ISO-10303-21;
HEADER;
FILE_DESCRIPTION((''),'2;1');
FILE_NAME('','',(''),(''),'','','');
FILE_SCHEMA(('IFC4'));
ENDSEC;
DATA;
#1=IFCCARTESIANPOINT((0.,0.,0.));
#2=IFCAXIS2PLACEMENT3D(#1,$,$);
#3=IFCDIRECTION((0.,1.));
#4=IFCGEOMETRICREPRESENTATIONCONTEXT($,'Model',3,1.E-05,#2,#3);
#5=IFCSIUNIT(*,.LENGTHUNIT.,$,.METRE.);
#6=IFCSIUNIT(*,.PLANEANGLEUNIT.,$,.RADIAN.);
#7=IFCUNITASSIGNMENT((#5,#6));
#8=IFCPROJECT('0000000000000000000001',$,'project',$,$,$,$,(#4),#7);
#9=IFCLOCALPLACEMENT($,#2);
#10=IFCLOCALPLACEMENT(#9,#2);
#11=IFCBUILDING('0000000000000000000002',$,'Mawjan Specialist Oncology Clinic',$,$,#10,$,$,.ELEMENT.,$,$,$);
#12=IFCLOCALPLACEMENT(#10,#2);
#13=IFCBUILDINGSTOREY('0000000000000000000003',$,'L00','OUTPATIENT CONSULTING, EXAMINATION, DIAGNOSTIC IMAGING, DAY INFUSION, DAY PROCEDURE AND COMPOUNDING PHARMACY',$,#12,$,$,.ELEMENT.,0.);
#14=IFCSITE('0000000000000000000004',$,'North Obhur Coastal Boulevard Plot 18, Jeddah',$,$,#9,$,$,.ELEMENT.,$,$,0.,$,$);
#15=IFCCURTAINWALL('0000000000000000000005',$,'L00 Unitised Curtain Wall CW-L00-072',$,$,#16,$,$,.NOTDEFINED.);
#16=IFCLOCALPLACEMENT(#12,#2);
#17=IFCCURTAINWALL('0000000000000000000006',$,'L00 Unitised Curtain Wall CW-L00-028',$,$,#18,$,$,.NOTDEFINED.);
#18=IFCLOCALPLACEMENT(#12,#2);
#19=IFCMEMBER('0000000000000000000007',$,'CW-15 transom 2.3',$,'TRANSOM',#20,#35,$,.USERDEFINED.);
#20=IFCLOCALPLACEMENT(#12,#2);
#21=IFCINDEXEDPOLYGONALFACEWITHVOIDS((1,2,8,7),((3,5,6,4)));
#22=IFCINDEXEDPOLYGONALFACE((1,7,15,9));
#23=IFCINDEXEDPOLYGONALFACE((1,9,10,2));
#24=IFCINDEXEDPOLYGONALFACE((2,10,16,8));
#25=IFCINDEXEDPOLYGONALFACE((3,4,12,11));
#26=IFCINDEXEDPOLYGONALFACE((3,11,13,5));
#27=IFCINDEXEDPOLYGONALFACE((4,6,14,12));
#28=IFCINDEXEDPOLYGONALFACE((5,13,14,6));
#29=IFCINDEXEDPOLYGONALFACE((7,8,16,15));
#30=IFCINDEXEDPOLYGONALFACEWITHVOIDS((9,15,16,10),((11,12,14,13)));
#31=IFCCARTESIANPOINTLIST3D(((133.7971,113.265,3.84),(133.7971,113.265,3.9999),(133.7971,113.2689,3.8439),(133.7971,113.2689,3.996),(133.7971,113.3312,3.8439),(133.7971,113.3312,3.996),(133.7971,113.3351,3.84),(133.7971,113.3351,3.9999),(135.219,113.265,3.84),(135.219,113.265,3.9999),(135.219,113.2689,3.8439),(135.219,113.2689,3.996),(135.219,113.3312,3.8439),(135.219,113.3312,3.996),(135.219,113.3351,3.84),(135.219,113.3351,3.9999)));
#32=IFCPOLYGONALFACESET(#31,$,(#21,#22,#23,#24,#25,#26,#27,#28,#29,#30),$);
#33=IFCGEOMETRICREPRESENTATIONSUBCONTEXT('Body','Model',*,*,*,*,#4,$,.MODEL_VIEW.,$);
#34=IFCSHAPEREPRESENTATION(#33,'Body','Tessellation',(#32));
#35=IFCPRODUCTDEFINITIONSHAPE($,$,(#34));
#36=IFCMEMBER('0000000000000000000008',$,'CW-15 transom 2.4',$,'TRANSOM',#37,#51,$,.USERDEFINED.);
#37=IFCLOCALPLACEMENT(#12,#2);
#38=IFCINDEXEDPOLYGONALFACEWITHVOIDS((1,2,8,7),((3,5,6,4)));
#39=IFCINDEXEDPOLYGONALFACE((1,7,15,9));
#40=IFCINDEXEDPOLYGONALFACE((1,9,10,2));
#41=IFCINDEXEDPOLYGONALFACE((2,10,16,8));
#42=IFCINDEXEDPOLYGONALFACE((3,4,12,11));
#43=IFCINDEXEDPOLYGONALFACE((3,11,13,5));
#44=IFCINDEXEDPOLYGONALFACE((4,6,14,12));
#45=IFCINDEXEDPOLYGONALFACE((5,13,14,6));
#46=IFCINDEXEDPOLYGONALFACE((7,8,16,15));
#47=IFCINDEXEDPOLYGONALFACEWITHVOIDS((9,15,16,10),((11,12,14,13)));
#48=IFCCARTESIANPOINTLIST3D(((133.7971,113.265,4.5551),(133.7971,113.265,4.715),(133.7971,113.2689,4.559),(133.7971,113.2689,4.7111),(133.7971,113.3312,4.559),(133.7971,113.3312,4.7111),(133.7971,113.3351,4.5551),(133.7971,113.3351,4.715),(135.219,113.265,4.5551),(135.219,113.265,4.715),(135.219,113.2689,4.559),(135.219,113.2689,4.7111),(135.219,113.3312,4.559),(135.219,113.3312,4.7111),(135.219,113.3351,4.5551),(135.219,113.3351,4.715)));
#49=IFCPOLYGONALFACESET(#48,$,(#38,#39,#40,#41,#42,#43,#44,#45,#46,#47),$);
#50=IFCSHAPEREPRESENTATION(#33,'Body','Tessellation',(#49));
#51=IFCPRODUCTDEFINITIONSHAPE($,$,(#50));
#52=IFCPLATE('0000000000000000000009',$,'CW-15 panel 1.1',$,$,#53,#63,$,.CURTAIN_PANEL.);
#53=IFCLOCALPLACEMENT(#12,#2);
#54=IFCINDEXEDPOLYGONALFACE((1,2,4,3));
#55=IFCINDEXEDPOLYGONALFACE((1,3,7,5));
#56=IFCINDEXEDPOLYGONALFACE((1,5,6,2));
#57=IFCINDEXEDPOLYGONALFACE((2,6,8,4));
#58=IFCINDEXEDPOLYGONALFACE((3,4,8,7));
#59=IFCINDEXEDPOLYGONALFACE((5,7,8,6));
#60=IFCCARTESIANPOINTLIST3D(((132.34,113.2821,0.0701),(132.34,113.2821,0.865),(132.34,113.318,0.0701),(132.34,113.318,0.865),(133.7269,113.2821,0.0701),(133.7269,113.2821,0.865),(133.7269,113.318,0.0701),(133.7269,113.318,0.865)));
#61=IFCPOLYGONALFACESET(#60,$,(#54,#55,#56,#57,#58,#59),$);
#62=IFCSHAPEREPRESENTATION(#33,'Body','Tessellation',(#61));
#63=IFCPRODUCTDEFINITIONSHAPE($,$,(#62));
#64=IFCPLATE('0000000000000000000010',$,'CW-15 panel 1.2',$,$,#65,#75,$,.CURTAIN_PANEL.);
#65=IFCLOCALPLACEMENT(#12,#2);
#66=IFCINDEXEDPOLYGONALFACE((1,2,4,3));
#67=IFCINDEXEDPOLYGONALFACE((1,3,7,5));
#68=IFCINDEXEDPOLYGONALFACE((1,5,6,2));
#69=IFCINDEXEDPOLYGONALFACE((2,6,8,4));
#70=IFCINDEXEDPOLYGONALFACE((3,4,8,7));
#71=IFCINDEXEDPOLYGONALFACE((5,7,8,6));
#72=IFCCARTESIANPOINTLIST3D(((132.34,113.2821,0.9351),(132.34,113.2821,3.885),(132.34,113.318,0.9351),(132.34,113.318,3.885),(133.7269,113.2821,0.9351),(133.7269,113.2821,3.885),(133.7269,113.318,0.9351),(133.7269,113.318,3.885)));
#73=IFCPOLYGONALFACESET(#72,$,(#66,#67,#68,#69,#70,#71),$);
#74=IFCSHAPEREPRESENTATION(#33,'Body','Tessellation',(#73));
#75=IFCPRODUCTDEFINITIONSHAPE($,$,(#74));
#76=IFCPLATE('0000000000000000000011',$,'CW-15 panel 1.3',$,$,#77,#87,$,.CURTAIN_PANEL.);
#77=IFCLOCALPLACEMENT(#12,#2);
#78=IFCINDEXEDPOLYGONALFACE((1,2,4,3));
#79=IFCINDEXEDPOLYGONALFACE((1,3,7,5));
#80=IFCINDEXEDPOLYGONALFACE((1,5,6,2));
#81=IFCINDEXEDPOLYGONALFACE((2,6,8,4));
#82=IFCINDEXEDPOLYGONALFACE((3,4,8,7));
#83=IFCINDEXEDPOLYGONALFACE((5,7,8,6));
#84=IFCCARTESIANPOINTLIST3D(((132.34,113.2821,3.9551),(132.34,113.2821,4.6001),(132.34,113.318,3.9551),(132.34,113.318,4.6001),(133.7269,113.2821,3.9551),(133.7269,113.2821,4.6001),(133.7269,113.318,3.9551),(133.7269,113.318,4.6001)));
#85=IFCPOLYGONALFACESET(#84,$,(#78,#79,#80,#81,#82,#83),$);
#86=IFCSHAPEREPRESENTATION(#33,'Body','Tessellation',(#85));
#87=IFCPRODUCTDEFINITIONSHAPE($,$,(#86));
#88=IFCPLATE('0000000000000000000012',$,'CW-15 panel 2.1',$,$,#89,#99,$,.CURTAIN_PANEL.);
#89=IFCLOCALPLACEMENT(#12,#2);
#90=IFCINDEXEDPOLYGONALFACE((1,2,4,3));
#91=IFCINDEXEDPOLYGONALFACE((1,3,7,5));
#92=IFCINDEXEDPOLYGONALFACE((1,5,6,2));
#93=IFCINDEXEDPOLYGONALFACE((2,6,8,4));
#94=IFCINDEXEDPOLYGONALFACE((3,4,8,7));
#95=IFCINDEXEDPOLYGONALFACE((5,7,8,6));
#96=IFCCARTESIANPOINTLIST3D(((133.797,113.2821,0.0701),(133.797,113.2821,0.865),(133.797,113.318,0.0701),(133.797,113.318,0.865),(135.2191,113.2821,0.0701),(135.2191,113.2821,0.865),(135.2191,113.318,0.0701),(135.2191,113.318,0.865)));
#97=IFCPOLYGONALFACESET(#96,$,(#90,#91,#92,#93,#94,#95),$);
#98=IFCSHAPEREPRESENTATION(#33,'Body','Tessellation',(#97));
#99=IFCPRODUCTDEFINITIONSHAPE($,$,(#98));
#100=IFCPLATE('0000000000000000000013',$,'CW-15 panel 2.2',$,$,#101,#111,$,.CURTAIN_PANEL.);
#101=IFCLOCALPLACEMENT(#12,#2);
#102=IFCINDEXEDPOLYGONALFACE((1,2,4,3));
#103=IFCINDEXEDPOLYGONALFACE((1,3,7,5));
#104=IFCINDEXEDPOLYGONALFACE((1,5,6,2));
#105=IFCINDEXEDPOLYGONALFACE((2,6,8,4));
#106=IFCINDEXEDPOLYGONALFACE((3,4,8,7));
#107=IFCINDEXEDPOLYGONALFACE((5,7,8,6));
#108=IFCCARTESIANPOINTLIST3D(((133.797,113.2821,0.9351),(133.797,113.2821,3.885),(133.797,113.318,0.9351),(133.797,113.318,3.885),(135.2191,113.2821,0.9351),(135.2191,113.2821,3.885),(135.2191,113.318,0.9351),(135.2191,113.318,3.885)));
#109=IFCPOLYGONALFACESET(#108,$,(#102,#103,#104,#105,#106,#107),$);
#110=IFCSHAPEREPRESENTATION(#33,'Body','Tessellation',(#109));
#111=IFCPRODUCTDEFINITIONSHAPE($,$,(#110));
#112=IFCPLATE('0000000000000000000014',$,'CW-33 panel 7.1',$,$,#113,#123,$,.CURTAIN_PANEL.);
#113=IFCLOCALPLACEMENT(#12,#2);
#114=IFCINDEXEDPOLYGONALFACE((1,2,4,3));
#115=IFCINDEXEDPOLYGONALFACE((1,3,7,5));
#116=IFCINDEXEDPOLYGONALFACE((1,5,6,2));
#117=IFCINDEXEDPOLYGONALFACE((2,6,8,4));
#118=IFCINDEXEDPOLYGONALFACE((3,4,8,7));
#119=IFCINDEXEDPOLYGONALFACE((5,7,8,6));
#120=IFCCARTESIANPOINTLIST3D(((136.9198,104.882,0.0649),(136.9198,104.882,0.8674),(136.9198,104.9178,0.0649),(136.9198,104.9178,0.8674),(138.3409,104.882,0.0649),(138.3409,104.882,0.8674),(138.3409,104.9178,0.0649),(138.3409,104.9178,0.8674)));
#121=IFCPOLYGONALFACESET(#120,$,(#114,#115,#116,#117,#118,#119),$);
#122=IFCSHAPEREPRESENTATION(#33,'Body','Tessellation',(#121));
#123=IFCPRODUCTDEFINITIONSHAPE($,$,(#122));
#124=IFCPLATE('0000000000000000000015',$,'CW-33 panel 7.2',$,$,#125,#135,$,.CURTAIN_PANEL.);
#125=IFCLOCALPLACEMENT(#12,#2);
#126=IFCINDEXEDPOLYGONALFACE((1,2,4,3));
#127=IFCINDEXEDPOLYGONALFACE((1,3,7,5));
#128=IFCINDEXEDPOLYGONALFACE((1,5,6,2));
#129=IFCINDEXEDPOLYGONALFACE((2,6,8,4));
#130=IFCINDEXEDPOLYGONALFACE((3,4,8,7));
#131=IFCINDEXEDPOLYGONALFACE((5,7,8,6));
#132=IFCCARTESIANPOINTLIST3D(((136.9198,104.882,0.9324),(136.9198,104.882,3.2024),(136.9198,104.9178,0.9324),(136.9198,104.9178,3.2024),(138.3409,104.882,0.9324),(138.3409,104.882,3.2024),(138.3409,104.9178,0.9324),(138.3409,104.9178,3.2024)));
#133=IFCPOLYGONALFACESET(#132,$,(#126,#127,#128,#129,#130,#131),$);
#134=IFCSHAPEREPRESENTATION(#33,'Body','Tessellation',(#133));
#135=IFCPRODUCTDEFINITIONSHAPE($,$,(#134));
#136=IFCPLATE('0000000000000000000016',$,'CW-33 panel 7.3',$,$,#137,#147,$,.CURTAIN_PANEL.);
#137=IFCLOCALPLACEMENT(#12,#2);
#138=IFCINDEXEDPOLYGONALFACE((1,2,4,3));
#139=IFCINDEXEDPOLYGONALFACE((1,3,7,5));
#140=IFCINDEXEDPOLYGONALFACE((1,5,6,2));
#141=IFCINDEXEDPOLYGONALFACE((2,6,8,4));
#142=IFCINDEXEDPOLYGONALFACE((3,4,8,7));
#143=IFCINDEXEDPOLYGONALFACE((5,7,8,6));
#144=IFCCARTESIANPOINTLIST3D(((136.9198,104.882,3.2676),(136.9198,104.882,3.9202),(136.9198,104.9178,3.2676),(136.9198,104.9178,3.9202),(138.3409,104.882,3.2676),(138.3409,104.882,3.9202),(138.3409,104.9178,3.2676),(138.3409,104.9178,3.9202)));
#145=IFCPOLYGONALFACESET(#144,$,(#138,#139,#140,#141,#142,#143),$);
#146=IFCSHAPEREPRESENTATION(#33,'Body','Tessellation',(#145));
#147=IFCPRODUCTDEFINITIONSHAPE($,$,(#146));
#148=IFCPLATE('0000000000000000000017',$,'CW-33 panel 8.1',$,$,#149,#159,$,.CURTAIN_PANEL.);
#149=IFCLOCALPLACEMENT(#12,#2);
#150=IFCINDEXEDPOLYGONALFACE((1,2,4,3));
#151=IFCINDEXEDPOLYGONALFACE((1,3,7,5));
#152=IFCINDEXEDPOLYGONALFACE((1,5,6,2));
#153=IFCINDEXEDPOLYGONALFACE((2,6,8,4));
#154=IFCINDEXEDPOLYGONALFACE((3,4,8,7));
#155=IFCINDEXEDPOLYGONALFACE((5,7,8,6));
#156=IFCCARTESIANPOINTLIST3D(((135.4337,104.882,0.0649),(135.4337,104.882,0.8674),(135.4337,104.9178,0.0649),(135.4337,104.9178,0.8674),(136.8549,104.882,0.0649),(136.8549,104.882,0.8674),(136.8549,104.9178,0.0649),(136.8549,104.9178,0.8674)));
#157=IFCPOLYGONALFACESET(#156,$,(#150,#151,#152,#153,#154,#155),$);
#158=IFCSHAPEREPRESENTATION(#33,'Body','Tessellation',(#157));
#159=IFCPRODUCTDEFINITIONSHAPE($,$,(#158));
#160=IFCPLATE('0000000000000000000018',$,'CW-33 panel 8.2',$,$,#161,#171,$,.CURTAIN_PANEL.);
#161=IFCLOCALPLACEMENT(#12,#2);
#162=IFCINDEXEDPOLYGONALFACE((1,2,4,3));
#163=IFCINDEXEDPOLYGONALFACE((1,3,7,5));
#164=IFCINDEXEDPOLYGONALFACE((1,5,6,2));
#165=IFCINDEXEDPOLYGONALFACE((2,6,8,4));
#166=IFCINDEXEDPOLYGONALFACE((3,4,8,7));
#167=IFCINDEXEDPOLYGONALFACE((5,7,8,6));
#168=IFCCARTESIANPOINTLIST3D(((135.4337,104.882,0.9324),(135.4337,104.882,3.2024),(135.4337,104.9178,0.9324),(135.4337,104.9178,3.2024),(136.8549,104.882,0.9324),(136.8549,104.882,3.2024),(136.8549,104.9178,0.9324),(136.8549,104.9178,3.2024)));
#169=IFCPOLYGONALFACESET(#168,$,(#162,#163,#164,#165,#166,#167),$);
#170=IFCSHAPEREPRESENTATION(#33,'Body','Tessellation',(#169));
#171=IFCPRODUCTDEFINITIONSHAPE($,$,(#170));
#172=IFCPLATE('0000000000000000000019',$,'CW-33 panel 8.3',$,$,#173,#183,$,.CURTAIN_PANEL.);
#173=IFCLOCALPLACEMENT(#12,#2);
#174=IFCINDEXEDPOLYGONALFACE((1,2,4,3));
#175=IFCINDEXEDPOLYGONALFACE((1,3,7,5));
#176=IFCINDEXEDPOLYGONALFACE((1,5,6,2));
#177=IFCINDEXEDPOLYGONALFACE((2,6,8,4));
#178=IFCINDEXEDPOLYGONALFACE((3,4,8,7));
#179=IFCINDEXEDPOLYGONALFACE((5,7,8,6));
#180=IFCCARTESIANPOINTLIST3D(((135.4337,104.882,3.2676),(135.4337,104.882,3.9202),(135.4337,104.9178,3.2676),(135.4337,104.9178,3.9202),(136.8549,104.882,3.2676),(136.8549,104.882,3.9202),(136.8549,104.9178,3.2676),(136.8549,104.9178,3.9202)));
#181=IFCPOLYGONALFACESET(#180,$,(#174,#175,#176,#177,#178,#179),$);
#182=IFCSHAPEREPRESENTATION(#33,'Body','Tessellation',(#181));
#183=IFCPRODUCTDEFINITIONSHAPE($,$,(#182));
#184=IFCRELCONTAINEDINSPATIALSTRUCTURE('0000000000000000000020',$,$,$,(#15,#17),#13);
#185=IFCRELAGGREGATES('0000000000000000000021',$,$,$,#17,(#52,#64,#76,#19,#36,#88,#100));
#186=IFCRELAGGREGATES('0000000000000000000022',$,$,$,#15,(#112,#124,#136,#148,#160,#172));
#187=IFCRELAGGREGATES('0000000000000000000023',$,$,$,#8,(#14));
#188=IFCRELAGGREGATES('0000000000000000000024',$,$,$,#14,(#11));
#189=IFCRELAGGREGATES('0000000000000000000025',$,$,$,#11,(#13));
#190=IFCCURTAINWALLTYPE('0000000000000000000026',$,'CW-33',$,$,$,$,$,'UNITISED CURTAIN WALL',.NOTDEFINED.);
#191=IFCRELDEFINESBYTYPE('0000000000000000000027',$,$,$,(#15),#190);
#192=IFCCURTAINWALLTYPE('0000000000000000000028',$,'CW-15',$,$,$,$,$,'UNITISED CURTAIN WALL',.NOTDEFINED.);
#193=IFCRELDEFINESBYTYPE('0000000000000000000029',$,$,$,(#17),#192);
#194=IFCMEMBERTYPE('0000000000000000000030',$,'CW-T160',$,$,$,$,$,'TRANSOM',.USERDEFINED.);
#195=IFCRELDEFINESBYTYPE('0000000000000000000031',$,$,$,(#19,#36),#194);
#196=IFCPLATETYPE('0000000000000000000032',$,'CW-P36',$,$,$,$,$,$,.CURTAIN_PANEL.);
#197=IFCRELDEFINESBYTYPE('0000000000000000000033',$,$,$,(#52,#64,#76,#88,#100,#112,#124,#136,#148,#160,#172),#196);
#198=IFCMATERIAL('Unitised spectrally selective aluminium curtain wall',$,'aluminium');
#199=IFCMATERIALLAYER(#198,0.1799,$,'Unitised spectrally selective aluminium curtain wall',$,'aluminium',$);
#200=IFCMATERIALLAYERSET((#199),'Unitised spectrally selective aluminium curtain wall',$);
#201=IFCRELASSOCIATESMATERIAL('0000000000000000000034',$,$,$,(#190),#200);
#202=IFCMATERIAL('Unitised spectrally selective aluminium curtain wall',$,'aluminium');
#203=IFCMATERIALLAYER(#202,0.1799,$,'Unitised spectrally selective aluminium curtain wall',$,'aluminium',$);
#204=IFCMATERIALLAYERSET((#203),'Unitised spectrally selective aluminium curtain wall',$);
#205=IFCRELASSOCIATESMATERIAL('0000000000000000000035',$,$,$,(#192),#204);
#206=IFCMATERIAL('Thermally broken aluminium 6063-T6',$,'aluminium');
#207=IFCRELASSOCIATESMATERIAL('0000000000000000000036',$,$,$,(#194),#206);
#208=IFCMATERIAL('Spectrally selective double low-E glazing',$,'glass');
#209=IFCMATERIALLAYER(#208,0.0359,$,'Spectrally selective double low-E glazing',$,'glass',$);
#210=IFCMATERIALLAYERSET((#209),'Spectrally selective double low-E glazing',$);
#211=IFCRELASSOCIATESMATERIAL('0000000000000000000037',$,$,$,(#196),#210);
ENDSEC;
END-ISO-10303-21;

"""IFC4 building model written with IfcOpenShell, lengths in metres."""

from ifc_helpers import new_model, si_unit, direction, frame, origin, origin_2d, place, context, subcontext, project, spatial, rectangle, hollow_rectangle, extrude, material, layer, layer_set, material_profile, profile_set, type_object, element, aggregate, save


model = new_model("IFC4")

# Units and contexts
model_context = context("Model", 3, precision=1e-05, world=origin(), true_north=direction((0.0, 1.0)))
body_context = subcontext(model_context, "Body", "Model", "MODEL_VIEW")
ifc_project = project(units=[si_unit("LENGTHUNIT", "METRE"), si_unit("PLANEANGLEUNIT", "RADIAN")], contexts=[model_context])

# Site, building, storey
site_placement = place(None, origin())
site = spatial("IfcSite", under=ifc_project, at=site_placement, Name="North Obhur Coastal Boulevard Plot 18, Jeddah", CompositionType="ELEMENT", RefElevation=0.0)
building_placement = place(site_placement, origin())
building = spatial("IfcBuilding", under=site, at=building_placement, Name="Mawjan Specialist Oncology Clinic", CompositionType="ELEMENT")
storey_placement = place(building_placement, origin())
storey = spatial("IfcBuildingStorey", under=building, at=storey_placement, Name="L00", Description="OUTPATIENT CONSULTING, EXAMINATION, DIAGNOSTIC IMAGING, DAY INFUSION, DAY PROCEDURE AND COMPOUNDING PHARMACY", CompositionType="ELEMENT", Elevation=0.0)

# Curtain walls
ifc_material_1 = material(Name="Unitised spectrally selective aluminium curtain wall", Category="aluminium")
ifc_layer_1 = layer(ifc_material_1, 0.1799, Name="Unitised spectrally selective aluminium curtain wall", Category="aluminium")
ifc_layer_set_1 = layer_set([ifc_layer_1], Name="Unitised spectrally selective aluminium curtain wall")
curtain_wall_type_1 = type_object("IfcCurtainWallType", Name="CW-33", ElementType="UNITISED CURTAIN WALL", PredefinedType="NOTDEFINED", material=ifc_layer_set_1)
curtain_wall_1_placement = place(storey_placement, origin())
curtain_wall_1 = element("IfcCurtainWall", 1, at=curtain_wall_1_placement, inside=storey, type_object=curtain_wall_type_1, Name="L00 Unitised Curtain Wall CW-L00-072", PredefinedType="NOTDEFINED")
ifc_material_2 = material(Name="Unitised spectrally selective aluminium curtain wall", Category="aluminium")
ifc_layer_2 = layer(ifc_material_2, 0.1799, Name="Unitised spectrally selective aluminium curtain wall", Category="aluminium")
ifc_layer_set_2 = layer_set([ifc_layer_2], Name="Unitised spectrally selective aluminium curtain wall")
curtain_wall_type_2 = type_object("IfcCurtainWallType", Name="CW-15", ElementType="UNITISED CURTAIN WALL", PredefinedType="NOTDEFINED", material=ifc_layer_set_2)
curtain_wall_2_placement = place(storey_placement, origin())
curtain_wall_2 = element("IfcCurtainWall", 2, at=curtain_wall_2_placement, inside=storey, type_object=curtain_wall_type_2, Name="L00 Unitised Curtain Wall CW-L00-028", PredefinedType="NOTDEFINED")

# Members
ifc_material_3 = material(Name="Thermally broken aluminium 6063-T6", Category="aluminium")
ifc_material_profile_1 = material_profile(ifc_material_3, hollow_rectangle(XDim=0.0701, YDim=0.1599, WallThickness=0.0039, at=origin_2d()), Name="ALU TRANSOM 160x70x4", Category="aluminium")
ifc_profile_set_1 = profile_set([ifc_material_profile_1], Name="Thermally broken aluminium 6063-T6")
member_type_1 = type_object("IfcMemberType", Name="CW-T160", ElementType="TRANSOM", PredefinedType="USERDEFINED", material=ifc_profile_set_1)
member_1_placement = place(storey_placement, frame((133.7971, 113.3, 3.9199), z_axis=(1.0, 0.0, 0.0), x_axis=(0.0, 1.0, 0.0)))
member_1 = element("IfcMember", 3, at=member_1_placement, type_object=member_type_1, Name="CW-15 transom 2.3", ObjectType="TRANSOM", PredefinedType="USERDEFINED", context=body_context, shape_type="SweptSolid", body=[
    extrude(hollow_rectangle(XDim=0.0701, YDim=0.1599, WallThickness=0.0039, at=origin_2d()), origin(), (0.0, 0.0, 1.0), 1.4219),
])
member_2_placement = place(storey_placement, frame((133.7971, 113.3, 4.635), z_axis=(1.0, 0.0, 0.0), x_axis=(0.0, 1.0, 0.0)))
member_2 = element("IfcMember", 4, at=member_2_placement, type_object=member_type_1, Name="CW-15 transom 2.4", ObjectType="TRANSOM", PredefinedType="USERDEFINED", context=body_context, shape_type="SweptSolid", body=[
    extrude(hollow_rectangle(XDim=0.0701, YDim=0.1599, WallThickness=0.0039, at=origin_2d()), origin(), (0.0, 0.0, 1.0), 1.4219),
])

# Plates
ifc_material_4 = material(Name="Spectrally selective double low-E glazing", Category="glass")
ifc_layer_3 = layer(ifc_material_4, 0.0359, Name="Spectrally selective double low-E glazing", Category="glass")
ifc_layer_set_3 = layer_set([ifc_layer_3], Name="Spectrally selective double low-E glazing")
plate_type = type_object("IfcPlateType", Name="CW-P36", PredefinedType="CURTAIN_PANEL", material=ifc_layer_set_3)
plate_1_placement = place(storey_placement, frame((133.0334, 113.3, 0.0701), z_axis=(0.0, 0.0, 1.0), x_axis=(1.0, 0.0, 0.0)))
plate_1 = element("IfcPlate", 5, at=plate_1_placement, type_object=plate_type, Name="CW-15 panel 1.1", PredefinedType="CURTAIN_PANEL", context=body_context, shape_type="SweptSolid", body=[
    extrude(rectangle(XDim=1.387, YDim=0.0359, at=origin_2d()), origin(), (0.0, 0.0, 1.0), 0.7949),
])
plate_2_placement = place(storey_placement, frame((133.0334, 113.3, 0.9351), z_axis=(0.0, 0.0, 1.0), x_axis=(1.0, 0.0, 0.0)))
plate_2 = element("IfcPlate", 6, at=plate_2_placement, type_object=plate_type, Name="CW-15 panel 1.2", PredefinedType="CURTAIN_PANEL", context=body_context, shape_type="SweptSolid", body=[
    extrude(rectangle(XDim=1.387, YDim=0.0359, at=origin_2d()), origin(), (0.0, 0.0, 1.0), 2.95),
])
plate_3_placement = place(storey_placement, frame((133.0334, 113.3, 3.9551), z_axis=(0.0, 0.0, 1.0), x_axis=(1.0, 0.0, 0.0)))
plate_3 = element("IfcPlate", 7, at=plate_3_placement, type_object=plate_type, Name="CW-15 panel 1.3", PredefinedType="CURTAIN_PANEL", context=body_context, shape_type="SweptSolid", body=[
    extrude(rectangle(XDim=1.387, YDim=0.0359, at=origin_2d()), origin(), (0.0, 0.0, 1.0), 0.645),
])
plate_4_placement = place(storey_placement, frame((134.5081, 113.3, 0.0701), z_axis=(0.0, 0.0, 1.0), x_axis=(1.0, 0.0, 0.0)))
plate_4 = element("IfcPlate", 8, at=plate_4_placement, type_object=plate_type, Name="CW-15 panel 2.1", PredefinedType="CURTAIN_PANEL", context=body_context, shape_type="SweptSolid", body=[
    extrude(rectangle(XDim=1.4221, YDim=0.0359, at=origin_2d()), origin(), (0.0, 0.0, 1.0), 0.7949),
])
plate_5_placement = place(storey_placement, frame((134.5081, 113.3, 0.9351), z_axis=(0.0, 0.0, 1.0), x_axis=(1.0, 0.0, 0.0)))
plate_5 = element("IfcPlate", 9, at=plate_5_placement, type_object=plate_type, Name="CW-15 panel 2.2", PredefinedType="CURTAIN_PANEL", context=body_context, shape_type="SweptSolid", body=[
    extrude(rectangle(XDim=1.4221, YDim=0.0359, at=origin_2d()), origin(), (0.0, 0.0, 1.0), 2.95),
])
aggregate(curtain_wall_2, [plate_1, plate_2, plate_3, member_1, member_2, plate_4, plate_5])
plate_6_placement = place(storey_placement, frame((137.6304, 104.8999, 0.0649), z_axis=(0.0, 0.0, 1.0), x_axis=(-1.0, 0.0, 0.0)))
plate_6 = element("IfcPlate", 10, at=plate_6_placement, type_object=plate_type, Name="CW-33 panel 7.1", PredefinedType="CURTAIN_PANEL", context=body_context, shape_type="SweptSolid", body=[
    extrude(rectangle(XDim=1.4211, YDim=0.0359, at=origin_2d()), origin(), (0.0, 0.0, 1.0), 0.8025),
])
plate_7_placement = place(storey_placement, frame((137.6304, 104.8999, 0.9324), z_axis=(0.0, 0.0, 1.0), x_axis=(-1.0, 0.0, 0.0)))
plate_7 = element("IfcPlate", 11, at=plate_7_placement, type_object=plate_type, Name="CW-33 panel 7.2", PredefinedType="CURTAIN_PANEL", context=body_context, shape_type="SweptSolid", body=[
    extrude(rectangle(XDim=1.4211, YDim=0.0359, at=origin_2d()), origin(), (0.0, 0.0, 1.0), 2.27),
])
plate_8_placement = place(storey_placement, frame((137.6304, 104.8999, 3.2676), z_axis=(0.0, 0.0, 1.0), x_axis=(-1.0, 0.0, 0.0)))
plate_8 = element("IfcPlate", 12, at=plate_8_placement, type_object=plate_type, Name="CW-33 panel 7.3", PredefinedType="CURTAIN_PANEL", context=body_context, shape_type="SweptSolid", body=[
    extrude(rectangle(XDim=1.4211, YDim=0.0359, at=origin_2d()), origin(), (0.0, 0.0, 1.0), 0.6526),
])
plate_9_placement = place(storey_placement, frame((136.1443, 104.8999, 0.0649), z_axis=(0.0, 0.0, 1.0), x_axis=(-1.0, 0.0, 0.0)))
plate_9 = element("IfcPlate", 13, at=plate_9_placement, type_object=plate_type, Name="CW-33 panel 8.1", PredefinedType="CURTAIN_PANEL", context=body_context, shape_type="SweptSolid", body=[
    extrude(rectangle(XDim=1.4211, YDim=0.0359, at=origin_2d()), origin(), (0.0, 0.0, 1.0), 0.8025),
])
plate_10_placement = place(storey_placement, frame((136.1443, 104.8999, 0.9324), z_axis=(0.0, 0.0, 1.0), x_axis=(-1.0, 0.0, 0.0)))
plate_10 = element("IfcPlate", 14, at=plate_10_placement, type_object=plate_type, Name="CW-33 panel 8.2", PredefinedType="CURTAIN_PANEL", context=body_context, shape_type="SweptSolid", body=[
    extrude(rectangle(XDim=1.4211, YDim=0.0359, at=origin_2d()), origin(), (0.0, 0.0, 1.0), 2.27),
])
plate_11_placement = place(storey_placement, frame((136.1443, 104.8999, 3.2676), z_axis=(0.0, 0.0, 1.0), x_axis=(-1.0, 0.0, 0.0)))
plate_11 = element("IfcPlate", 15, at=plate_11_placement, type_object=plate_type, Name="CW-33 panel 8.3", PredefinedType="CURTAIN_PANEL", context=body_context, shape_type="SweptSolid", body=[
    extrude(rectangle(XDim=1.4211, YDim=0.0359, at=origin_2d()), origin(), (0.0, 0.0, 1.0), 0.6526),
])
aggregate(curtain_wall_1, [plate_6, plate_7, plate_8, plate_9, plate_10, plate_11])

save(model, "model.ifc")
